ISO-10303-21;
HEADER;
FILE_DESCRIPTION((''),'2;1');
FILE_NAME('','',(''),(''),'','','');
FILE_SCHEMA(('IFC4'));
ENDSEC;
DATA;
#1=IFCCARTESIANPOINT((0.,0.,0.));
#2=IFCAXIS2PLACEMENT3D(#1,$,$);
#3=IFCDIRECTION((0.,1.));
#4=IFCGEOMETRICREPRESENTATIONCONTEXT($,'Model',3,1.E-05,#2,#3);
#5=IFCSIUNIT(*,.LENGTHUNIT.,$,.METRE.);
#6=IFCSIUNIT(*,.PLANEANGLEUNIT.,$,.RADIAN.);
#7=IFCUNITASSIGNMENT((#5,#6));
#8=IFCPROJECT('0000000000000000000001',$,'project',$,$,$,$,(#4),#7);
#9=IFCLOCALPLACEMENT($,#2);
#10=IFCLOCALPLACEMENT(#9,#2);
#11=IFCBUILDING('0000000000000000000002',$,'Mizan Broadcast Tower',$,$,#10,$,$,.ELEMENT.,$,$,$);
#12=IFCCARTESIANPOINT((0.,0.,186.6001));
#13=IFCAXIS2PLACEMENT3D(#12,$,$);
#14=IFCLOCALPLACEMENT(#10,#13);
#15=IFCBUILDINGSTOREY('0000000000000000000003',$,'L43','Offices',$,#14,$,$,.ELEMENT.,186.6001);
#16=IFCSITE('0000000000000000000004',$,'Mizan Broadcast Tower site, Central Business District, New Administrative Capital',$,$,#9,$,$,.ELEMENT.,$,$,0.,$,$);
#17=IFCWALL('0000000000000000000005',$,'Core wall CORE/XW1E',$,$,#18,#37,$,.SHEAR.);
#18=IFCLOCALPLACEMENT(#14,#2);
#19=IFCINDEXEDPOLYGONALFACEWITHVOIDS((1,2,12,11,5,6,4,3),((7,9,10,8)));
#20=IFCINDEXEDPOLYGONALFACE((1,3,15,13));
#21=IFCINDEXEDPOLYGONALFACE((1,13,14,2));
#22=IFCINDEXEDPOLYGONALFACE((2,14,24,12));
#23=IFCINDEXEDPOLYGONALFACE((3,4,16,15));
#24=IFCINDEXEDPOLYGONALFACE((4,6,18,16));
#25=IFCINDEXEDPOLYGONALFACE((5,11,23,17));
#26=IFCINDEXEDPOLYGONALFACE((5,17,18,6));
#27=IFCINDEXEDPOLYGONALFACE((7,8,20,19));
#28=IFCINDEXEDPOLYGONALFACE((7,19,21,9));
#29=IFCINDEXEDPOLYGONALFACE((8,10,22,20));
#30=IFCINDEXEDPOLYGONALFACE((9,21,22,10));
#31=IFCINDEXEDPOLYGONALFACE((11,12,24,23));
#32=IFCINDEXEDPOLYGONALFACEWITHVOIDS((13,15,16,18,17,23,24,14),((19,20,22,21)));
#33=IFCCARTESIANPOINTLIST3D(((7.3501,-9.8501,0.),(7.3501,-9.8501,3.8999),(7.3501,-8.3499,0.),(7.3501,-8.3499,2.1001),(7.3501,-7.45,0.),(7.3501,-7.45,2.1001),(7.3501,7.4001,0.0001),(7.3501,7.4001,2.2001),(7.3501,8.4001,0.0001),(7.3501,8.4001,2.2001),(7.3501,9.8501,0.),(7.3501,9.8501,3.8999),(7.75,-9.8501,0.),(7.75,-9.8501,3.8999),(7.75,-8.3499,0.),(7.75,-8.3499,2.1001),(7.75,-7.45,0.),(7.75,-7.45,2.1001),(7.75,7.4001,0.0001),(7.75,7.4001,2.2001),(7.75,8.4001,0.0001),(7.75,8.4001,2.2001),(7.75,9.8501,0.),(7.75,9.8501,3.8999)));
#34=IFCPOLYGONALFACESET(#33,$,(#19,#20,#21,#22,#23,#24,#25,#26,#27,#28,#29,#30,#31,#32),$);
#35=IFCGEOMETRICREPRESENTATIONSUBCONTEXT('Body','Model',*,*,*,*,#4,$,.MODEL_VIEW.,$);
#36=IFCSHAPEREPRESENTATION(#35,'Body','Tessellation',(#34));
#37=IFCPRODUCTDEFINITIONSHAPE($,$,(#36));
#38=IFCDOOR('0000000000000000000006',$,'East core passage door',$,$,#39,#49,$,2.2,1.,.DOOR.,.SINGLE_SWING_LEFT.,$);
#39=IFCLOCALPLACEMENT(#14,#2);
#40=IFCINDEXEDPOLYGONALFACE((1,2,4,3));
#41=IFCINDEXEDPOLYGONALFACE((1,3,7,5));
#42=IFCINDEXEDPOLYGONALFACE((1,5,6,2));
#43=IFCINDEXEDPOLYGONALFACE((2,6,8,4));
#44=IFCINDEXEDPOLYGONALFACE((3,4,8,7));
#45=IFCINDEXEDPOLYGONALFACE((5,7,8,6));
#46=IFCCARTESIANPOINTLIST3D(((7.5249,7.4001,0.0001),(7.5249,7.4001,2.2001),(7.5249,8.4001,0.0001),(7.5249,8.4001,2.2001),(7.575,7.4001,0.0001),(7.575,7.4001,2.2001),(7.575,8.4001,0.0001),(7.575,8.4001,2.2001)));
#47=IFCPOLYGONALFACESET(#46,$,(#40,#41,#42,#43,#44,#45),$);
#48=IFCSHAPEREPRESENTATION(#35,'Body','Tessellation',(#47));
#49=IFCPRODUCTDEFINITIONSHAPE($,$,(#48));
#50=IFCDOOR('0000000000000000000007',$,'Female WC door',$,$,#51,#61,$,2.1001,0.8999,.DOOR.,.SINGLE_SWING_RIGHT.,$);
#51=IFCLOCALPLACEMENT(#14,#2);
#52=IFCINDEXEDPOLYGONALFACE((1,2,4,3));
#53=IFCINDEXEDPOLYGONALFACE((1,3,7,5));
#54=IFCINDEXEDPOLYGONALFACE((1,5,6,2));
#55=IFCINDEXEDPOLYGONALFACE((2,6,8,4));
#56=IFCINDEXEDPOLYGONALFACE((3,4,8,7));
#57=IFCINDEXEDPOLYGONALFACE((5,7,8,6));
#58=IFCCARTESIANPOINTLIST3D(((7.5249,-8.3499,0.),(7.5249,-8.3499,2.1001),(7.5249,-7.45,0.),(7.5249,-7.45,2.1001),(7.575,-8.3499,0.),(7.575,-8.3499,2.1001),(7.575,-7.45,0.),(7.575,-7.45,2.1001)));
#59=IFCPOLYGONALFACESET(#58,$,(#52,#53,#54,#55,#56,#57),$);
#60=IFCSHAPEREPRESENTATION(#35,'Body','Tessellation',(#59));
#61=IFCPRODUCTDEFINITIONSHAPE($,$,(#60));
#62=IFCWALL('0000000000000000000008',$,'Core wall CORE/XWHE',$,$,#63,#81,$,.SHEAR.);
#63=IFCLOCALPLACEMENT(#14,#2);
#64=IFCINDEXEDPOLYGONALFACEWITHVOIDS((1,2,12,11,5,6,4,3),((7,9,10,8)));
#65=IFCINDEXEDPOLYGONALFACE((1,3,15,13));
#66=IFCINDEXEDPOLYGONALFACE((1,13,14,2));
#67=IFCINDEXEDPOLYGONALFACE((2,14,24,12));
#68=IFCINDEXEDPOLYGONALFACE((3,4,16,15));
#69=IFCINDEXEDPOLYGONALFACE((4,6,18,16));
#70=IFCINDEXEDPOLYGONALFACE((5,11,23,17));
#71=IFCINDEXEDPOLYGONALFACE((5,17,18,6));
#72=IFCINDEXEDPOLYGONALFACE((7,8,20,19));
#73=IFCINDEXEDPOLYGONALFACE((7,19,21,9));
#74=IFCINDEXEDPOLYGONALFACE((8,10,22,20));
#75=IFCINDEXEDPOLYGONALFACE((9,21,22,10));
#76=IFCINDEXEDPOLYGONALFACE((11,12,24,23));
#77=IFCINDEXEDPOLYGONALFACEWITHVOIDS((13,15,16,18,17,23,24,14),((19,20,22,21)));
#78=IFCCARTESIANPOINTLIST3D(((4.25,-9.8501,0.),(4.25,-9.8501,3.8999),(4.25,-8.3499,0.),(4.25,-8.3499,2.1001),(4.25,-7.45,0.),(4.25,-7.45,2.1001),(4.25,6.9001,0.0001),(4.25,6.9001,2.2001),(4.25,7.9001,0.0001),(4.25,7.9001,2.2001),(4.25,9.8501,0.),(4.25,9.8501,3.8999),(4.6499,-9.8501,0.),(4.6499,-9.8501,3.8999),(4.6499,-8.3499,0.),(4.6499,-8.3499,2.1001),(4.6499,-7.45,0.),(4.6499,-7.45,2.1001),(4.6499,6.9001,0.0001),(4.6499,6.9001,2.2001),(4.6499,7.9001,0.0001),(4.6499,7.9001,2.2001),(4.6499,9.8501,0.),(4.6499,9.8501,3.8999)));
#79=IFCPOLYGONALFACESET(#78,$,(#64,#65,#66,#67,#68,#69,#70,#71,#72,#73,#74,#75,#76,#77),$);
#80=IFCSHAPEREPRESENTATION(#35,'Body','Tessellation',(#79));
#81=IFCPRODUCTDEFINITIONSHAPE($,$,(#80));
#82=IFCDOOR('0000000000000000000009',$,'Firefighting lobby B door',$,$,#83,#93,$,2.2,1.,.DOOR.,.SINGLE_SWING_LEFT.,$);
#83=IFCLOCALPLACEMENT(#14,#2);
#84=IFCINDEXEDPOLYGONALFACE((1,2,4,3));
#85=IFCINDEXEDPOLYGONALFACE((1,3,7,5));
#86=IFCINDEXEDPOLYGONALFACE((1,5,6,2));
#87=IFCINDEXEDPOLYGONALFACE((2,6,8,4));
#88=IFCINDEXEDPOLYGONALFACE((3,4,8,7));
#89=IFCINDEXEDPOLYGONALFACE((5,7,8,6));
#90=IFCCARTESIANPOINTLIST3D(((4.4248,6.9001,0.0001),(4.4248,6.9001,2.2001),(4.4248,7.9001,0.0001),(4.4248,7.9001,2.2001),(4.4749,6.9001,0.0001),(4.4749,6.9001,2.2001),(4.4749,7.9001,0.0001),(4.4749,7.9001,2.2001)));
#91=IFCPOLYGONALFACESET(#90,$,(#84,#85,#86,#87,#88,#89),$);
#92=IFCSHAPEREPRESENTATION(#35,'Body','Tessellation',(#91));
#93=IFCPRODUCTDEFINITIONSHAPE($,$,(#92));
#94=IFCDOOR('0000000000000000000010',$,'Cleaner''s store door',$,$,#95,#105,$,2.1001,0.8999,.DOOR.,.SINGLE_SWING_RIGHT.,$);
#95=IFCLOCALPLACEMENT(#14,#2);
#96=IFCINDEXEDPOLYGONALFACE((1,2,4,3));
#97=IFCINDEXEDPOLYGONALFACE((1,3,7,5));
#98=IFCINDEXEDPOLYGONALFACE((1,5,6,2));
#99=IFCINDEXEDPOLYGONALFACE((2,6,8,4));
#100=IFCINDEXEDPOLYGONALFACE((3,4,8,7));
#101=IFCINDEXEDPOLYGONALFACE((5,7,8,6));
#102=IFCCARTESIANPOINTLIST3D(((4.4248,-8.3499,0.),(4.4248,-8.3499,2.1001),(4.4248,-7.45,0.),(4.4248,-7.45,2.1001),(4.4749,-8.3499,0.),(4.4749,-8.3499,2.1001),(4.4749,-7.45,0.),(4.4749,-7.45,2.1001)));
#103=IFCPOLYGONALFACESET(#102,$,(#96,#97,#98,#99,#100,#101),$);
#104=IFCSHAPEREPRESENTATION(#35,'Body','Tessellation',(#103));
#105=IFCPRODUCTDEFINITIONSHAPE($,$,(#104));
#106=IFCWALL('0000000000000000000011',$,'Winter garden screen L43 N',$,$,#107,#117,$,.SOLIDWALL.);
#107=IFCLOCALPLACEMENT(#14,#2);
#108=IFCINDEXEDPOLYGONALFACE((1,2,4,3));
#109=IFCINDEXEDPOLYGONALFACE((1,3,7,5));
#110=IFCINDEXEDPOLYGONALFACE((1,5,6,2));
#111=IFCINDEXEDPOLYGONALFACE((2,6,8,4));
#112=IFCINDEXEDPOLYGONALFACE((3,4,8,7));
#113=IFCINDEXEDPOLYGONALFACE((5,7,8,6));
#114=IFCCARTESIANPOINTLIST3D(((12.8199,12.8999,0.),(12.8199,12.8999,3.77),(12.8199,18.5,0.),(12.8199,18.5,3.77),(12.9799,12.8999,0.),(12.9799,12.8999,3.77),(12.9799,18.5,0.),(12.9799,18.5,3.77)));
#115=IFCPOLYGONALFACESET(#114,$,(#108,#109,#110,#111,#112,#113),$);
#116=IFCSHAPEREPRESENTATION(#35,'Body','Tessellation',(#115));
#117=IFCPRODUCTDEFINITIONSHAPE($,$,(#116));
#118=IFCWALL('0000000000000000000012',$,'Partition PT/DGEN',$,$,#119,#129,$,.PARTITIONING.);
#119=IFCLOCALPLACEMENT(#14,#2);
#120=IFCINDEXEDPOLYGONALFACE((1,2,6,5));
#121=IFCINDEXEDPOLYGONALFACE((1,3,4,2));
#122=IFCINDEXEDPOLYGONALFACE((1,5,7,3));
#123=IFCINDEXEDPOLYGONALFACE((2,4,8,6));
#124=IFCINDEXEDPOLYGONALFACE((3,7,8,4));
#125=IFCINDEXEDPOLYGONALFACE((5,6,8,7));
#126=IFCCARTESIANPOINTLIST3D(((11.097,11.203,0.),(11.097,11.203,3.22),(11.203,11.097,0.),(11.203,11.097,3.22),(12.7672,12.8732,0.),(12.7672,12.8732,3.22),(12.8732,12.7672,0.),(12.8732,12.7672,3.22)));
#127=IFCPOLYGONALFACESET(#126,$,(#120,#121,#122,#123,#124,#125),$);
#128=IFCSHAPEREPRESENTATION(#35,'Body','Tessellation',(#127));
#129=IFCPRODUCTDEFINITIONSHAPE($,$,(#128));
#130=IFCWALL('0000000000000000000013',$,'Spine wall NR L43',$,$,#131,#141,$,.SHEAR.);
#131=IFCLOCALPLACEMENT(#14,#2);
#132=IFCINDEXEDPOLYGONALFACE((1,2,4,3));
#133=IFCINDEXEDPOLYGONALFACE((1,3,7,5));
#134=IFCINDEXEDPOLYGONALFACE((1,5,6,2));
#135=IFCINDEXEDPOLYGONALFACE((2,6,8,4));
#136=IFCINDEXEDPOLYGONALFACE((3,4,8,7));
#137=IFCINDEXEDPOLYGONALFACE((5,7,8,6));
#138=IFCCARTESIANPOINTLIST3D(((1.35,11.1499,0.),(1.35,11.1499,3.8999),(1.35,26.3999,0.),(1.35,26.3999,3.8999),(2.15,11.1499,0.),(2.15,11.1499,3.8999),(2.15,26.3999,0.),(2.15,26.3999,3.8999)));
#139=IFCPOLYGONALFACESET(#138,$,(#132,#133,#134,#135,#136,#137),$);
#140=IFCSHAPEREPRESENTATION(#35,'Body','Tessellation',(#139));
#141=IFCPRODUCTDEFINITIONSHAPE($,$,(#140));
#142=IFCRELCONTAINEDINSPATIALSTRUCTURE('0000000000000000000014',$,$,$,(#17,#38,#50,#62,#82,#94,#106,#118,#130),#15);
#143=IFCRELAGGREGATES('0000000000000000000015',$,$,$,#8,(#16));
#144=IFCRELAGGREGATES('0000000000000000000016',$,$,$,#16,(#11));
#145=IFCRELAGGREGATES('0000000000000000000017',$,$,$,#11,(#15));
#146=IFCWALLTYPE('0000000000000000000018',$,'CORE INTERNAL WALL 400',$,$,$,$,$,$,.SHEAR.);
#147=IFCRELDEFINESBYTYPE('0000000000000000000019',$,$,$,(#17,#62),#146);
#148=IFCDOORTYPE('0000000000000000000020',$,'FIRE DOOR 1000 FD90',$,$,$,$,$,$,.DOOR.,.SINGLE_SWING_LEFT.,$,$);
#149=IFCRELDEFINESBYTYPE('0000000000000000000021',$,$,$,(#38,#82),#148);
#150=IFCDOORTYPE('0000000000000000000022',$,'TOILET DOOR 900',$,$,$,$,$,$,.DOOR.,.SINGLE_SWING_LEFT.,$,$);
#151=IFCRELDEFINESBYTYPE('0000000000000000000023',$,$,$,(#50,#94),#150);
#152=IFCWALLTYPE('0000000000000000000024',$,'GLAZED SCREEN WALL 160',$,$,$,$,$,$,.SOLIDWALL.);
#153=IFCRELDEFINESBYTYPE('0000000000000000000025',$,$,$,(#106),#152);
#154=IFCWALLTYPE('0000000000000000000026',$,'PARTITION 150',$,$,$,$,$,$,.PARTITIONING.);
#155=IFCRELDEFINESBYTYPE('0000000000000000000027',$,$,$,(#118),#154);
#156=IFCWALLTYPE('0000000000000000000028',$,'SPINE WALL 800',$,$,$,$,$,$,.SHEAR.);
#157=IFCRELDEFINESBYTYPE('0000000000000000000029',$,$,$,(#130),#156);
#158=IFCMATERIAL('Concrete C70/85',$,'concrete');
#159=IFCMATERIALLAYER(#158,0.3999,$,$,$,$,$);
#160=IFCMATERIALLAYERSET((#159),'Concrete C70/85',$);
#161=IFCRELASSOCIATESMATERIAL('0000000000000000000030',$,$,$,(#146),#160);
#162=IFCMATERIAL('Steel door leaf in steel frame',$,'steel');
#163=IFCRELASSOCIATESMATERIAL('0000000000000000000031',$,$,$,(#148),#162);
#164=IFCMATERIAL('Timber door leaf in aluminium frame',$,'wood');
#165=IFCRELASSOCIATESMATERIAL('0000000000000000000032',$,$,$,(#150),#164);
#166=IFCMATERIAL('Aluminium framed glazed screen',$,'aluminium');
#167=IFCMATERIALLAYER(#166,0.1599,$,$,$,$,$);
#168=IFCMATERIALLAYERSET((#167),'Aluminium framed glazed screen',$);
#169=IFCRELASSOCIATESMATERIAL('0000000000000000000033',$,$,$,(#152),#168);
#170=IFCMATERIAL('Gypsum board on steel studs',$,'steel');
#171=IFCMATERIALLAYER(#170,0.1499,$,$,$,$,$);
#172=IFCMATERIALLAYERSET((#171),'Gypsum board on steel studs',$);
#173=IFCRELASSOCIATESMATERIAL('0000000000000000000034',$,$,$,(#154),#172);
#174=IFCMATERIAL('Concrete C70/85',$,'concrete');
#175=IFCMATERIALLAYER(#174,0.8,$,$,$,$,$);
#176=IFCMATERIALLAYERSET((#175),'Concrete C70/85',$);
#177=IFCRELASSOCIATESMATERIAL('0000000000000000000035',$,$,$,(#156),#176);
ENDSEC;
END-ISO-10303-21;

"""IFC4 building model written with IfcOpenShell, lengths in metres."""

from ifc_helpers import new_model, si_unit, direction, frame, frame_2d, origin, place, context, subcontext, project, spatial, rectangle, extrude, material, layer, layer_set, type_object, element, fill, save


model = new_model("IFC4")

# Units and contexts
model_context = context("Model", 3, precision=1e-05, world=origin(), true_north=direction((0.0, 1.0)))
body_context = subcontext(model_context, "Body", "Model", "MODEL_VIEW")
ifc_project = project(units=[si_unit("LENGTHUNIT", "METRE"), si_unit("PLANEANGLEUNIT", "RADIAN")], contexts=[model_context])

# Site, building, storey
site_placement = place(None, origin())
site = spatial("IfcSite", under=ifc_project, at=site_placement, Name="Mizan Broadcast Tower site, Central Business District, New Administrative Capital", CompositionType="ELEMENT", RefElevation=0.0)
building_placement = place(site_placement, origin())
building = spatial("IfcBuilding", under=site, at=building_placement, Name="Mizan Broadcast Tower", CompositionType="ELEMENT")
storey_placement = place(building_placement, frame((0.0, 0.0, 186.6001)))
storey = spatial("IfcBuildingStorey", under=building, at=storey_placement, Name="L43", Description="Offices", CompositionType="ELEMENT", Elevation=186.6001)

# Walls, openings, doors
ifc_material_1 = material(Name="Concrete C70/85", Category="concrete")
ifc_layer_1 = layer(ifc_material_1, 0.3999)
ifc_layer_set_1 = layer_set([ifc_layer_1], Name="Concrete C70/85")
wall_type_1 = type_object("IfcWallType", Name="CORE INTERNAL WALL 400", PredefinedType="SHEAR", material=ifc_layer_set_1)
wall_1_placement = place(storey_placement, frame((7.55, 9.8501, 0.0), z_axis=(0.0, 0.0, 1.0), x_axis=(0.0, -1.0, 0.0)))
wall_1 = element("IfcWall", 1, at=wall_1_placement, inside=storey, type_object=wall_type_1, Name="Core wall CORE/XW1E", PredefinedType="SHEAR", context=body_context, shape_type="SweptSolid", body=[
    extrude(rectangle(XDim=19.7002, YDim=0.3999, at=frame_2d((9.8501, 0.0))), origin(), (0.0, 0.0, 1.0), 3.8999),
])
opening_1_placement = place(wall_1_placement, frame((1.45, 0.0, 0.0)))
opening_1 = element("IfcOpeningElement", 2, at=opening_1_placement, cuts=wall_1, PredefinedType="OPENING", context=body_context, shape_type="SweptSolid", body=[
    extrude(rectangle(XDim=1.0, YDim=2.2, at=frame_2d((0.5, 1.1001))), frame((0.0, 0.21, 0.0), z_axis=(0.0, -1.0, 0.0), x_axis=(1.0, 0.0, 0.0)), (0.0, 0.0, 1.0), 0.4199),
])
opening_2_placement = place(wall_1_placement, frame((17.3, 0.0, 0.0)))
opening_2 = element("IfcOpeningElement", 3, at=opening_2_placement, cuts=wall_1, PredefinedType="OPENING", context=body_context, shape_type="SweptSolid", body=[
    extrude(rectangle(XDim=0.8999, YDim=2.1001, at=frame_2d((0.45, 1.05))), frame((0.0, 0.21, 0.0), z_axis=(0.0, -1.0, 0.0), x_axis=(1.0, 0.0, 0.0)), (0.0, 0.0, 1.0), 0.4199),
])
ifc_material_2 = material(Name="Steel door leaf in steel frame", Category="steel")
door_type_1 = type_object("IfcDoorType", Name="FIRE DOOR 1000 FD90", OperationType="SINGLE_SWING_LEFT", PredefinedType="DOOR", material=ifc_material_2)
door_1_placement = place(opening_1_placement, origin())
door_1 = element("IfcDoor", 4, at=door_1_placement, inside=storey, type_object=door_type_1, Name="East core passage door", OperationType="SINGLE_SWING_LEFT", OverallHeight=2.2, OverallWidth=1.0, PredefinedType="DOOR", context=body_context, shape_type="SweptSolid", body=[
    extrude(rectangle(XDim=1.0, YDim=2.2, at=frame_2d((0.5, 1.1001))), frame((0.0, 0.0249, 0.0), z_axis=(0.0, -1.0, 0.0), x_axis=(1.0, 0.0, 0.0)), (0.0, 0.0, 1.0), 0.05),
])
fill(opening_1, door_1)
ifc_material_3 = material(Name="Timber door leaf in aluminium frame", Category="wood")
door_type_2 = type_object("IfcDoorType", Name="TOILET DOOR 900", OperationType="SINGLE_SWING_LEFT", PredefinedType="DOOR", material=ifc_material_3)
door_2_placement = place(opening_2_placement, origin())
door_2 = element("IfcDoor", 5, at=door_2_placement, inside=storey, type_object=door_type_2, Name="Female WC door", OperationType="SINGLE_SWING_RIGHT", OverallHeight=2.1001, OverallWidth=0.8999, PredefinedType="DOOR", context=body_context, shape_type="SweptSolid", body=[
    extrude(rectangle(XDim=0.8999, YDim=2.1001, at=frame_2d((0.45, 1.05))), frame((0.0, 0.0249, 0.0), z_axis=(0.0, -1.0, 0.0), x_axis=(1.0, 0.0, 0.0)), (0.0, 0.0, 1.0), 0.05),
])
fill(opening_2, door_2)
wall_2_placement = place(storey_placement, frame((4.45, 9.8501, 0.0), z_axis=(0.0, 0.0, 1.0), x_axis=(0.0, -1.0, 0.0)))
wall_2 = element("IfcWall", 6, at=wall_2_placement, inside=storey, type_object=wall_type_1, Name="Core wall CORE/XWHE", PredefinedType="SHEAR", context=body_context, shape_type="SweptSolid", body=[
    extrude(rectangle(XDim=19.7002, YDim=0.3999, at=frame_2d((9.8501, 0.0))), origin(), (0.0, 0.0, 1.0), 3.8999),
])
opening_3_placement = place(wall_2_placement, frame((1.95, 0.0, 0.0)))
opening_3 = element("IfcOpeningElement", 7, at=opening_3_placement, cuts=wall_2, PredefinedType="OPENING", context=body_context, shape_type="SweptSolid", body=[
    extrude(rectangle(XDim=1.0, YDim=2.2, at=frame_2d((0.5, 1.1001))), frame((0.0, 0.21, 0.0), z_axis=(0.0, -1.0, 0.0), x_axis=(1.0, 0.0, 0.0)), (0.0, 0.0, 1.0), 0.4199),
])
opening_4_placement = place(wall_2_placement, frame((17.3, 0.0, 0.0)))
opening_4 = element("IfcOpeningElement", 8, at=opening_4_placement, cuts=wall_2, PredefinedType="OPENING", context=body_context, shape_type="SweptSolid", body=[
    extrude(rectangle(XDim=0.8999, YDim=2.1001, at=frame_2d((0.45, 1.05))), frame((0.0, 0.21, 0.0), z_axis=(0.0, -1.0, 0.0), x_axis=(1.0, 0.0, 0.0)), (0.0, 0.0, 1.0), 0.4199),
])
door_3_placement = place(opening_3_placement, origin())
door_3 = element("IfcDoor", 9, at=door_3_placement, inside=storey, type_object=door_type_1, Name="Firefighting lobby B door", OperationType="SINGLE_SWING_LEFT", OverallHeight=2.2, OverallWidth=1.0, PredefinedType="DOOR", context=body_context, shape_type="SweptSolid", body=[
    extrude(rectangle(XDim=1.0, YDim=2.2, at=frame_2d((0.5, 1.1001))), frame((0.0, 0.0249, 0.0), z_axis=(0.0, -1.0, 0.0), x_axis=(1.0, 0.0, 0.0)), (0.0, 0.0, 1.0), 0.05),
])
fill(opening_3, door_3)
door_4_placement = place(opening_4_placement, origin())
door_4 = element("IfcDoor", 10, at=door_4_placement, inside=storey, type_object=door_type_2, Name="Cleaner's store door", OperationType="SINGLE_SWING_RIGHT", OverallHeight=2.1001, OverallWidth=0.8999, PredefinedType="DOOR", context=body_context, shape_type="SweptSolid", body=[
    extrude(rectangle(XDim=0.8999, YDim=2.1001, at=frame_2d((0.45, 1.05))), frame((0.0, 0.0249, 0.0), z_axis=(0.0, -1.0, 0.0), x_axis=(1.0, 0.0, 0.0)), (0.0, 0.0, 1.0), 0.05),
])
fill(opening_4, door_4)

# Walls
ifc_material_4 = material(Name="Aluminium framed glazed screen", Category="aluminium")
ifc_layer_2 = layer(ifc_material_4, 0.1599)
ifc_layer_set_2 = layer_set([ifc_layer_2], Name="Aluminium framed glazed screen")
wall_type_2 = type_object("IfcWallType", Name="GLAZED SCREEN WALL 160", PredefinedType="SOLIDWALL", material=ifc_layer_set_2)
wall_3_placement = place(storey_placement, frame((12.8999, 12.8999, 0.0), z_axis=(0.0, 0.0, 1.0), x_axis=(0.0, 1.0, 0.0)))
element("IfcWall", 11, at=wall_3_placement, inside=storey, type_object=wall_type_2, Name="Winter garden screen L43 N", PredefinedType="SOLIDWALL", context=body_context, shape_type="SweptSolid", body=[
    extrude(rectangle(XDim=5.6001, YDim=0.1599, at=frame_2d((2.8, 0.0))), origin(), (0.0, 0.0, 1.0), 3.77),
])
ifc_material_5 = material(Name="Gypsum board on steel studs", Category="steel")
ifc_layer_3 = layer(ifc_material_5, 0.1499)
ifc_layer_set_3 = layer_set([ifc_layer_3], Name="Gypsum board on steel studs")
wall_type_3 = type_object("IfcWallType", Name="PARTITION 150", PredefinedType="PARTITIONING", material=ifc_layer_set_3)
wall_4_placement = place(storey_placement, frame((11.1499, 11.1499, 0.0), z_axis=(0.0, 0.0, 1.0), x_axis=(0.707107, 0.707107, 0.0)))
element("IfcWall", 12, at=wall_4_placement, inside=storey, type_object=wall_type_3, Name="Partition PT/DGEN", PredefinedType="PARTITIONING", context=body_context, shape_type="SweptSolid", body=[
    extrude(rectangle(XDim=2.3621, YDim=0.1499, at=frame_2d((1.1812, 0.0))), origin(), (0.0, 0.0, 1.0), 3.22),
])
ifc_material_6 = material(Name="Concrete C70/85", Category="concrete")
ifc_layer_4 = layer(ifc_material_6, 0.8)
ifc_layer_set_4 = layer_set([ifc_layer_4], Name="Concrete C70/85")
wall_type_4 = type_object("IfcWallType", Name="SPINE WALL 800", PredefinedType="SHEAR", material=ifc_layer_set_4)
wall_5_placement = place(storey_placement, frame((1.75, 11.1499, 0.0), z_axis=(0.0, 0.0, 1.0), x_axis=(0.0, 1.0, 0.0)))
element("IfcWall", 13, at=wall_5_placement, inside=storey, type_object=wall_type_4, Name="Spine wall NR L43", PredefinedType="SHEAR", context=body_context, shape_type="SweptSolid", body=[
    extrude(rectangle(XDim=15.25, YDim=0.8, at=frame_2d((7.625, 0.0))), origin(), (0.0, 0.0, 1.0), 3.8999),
])

save(model, "model.ifc")
